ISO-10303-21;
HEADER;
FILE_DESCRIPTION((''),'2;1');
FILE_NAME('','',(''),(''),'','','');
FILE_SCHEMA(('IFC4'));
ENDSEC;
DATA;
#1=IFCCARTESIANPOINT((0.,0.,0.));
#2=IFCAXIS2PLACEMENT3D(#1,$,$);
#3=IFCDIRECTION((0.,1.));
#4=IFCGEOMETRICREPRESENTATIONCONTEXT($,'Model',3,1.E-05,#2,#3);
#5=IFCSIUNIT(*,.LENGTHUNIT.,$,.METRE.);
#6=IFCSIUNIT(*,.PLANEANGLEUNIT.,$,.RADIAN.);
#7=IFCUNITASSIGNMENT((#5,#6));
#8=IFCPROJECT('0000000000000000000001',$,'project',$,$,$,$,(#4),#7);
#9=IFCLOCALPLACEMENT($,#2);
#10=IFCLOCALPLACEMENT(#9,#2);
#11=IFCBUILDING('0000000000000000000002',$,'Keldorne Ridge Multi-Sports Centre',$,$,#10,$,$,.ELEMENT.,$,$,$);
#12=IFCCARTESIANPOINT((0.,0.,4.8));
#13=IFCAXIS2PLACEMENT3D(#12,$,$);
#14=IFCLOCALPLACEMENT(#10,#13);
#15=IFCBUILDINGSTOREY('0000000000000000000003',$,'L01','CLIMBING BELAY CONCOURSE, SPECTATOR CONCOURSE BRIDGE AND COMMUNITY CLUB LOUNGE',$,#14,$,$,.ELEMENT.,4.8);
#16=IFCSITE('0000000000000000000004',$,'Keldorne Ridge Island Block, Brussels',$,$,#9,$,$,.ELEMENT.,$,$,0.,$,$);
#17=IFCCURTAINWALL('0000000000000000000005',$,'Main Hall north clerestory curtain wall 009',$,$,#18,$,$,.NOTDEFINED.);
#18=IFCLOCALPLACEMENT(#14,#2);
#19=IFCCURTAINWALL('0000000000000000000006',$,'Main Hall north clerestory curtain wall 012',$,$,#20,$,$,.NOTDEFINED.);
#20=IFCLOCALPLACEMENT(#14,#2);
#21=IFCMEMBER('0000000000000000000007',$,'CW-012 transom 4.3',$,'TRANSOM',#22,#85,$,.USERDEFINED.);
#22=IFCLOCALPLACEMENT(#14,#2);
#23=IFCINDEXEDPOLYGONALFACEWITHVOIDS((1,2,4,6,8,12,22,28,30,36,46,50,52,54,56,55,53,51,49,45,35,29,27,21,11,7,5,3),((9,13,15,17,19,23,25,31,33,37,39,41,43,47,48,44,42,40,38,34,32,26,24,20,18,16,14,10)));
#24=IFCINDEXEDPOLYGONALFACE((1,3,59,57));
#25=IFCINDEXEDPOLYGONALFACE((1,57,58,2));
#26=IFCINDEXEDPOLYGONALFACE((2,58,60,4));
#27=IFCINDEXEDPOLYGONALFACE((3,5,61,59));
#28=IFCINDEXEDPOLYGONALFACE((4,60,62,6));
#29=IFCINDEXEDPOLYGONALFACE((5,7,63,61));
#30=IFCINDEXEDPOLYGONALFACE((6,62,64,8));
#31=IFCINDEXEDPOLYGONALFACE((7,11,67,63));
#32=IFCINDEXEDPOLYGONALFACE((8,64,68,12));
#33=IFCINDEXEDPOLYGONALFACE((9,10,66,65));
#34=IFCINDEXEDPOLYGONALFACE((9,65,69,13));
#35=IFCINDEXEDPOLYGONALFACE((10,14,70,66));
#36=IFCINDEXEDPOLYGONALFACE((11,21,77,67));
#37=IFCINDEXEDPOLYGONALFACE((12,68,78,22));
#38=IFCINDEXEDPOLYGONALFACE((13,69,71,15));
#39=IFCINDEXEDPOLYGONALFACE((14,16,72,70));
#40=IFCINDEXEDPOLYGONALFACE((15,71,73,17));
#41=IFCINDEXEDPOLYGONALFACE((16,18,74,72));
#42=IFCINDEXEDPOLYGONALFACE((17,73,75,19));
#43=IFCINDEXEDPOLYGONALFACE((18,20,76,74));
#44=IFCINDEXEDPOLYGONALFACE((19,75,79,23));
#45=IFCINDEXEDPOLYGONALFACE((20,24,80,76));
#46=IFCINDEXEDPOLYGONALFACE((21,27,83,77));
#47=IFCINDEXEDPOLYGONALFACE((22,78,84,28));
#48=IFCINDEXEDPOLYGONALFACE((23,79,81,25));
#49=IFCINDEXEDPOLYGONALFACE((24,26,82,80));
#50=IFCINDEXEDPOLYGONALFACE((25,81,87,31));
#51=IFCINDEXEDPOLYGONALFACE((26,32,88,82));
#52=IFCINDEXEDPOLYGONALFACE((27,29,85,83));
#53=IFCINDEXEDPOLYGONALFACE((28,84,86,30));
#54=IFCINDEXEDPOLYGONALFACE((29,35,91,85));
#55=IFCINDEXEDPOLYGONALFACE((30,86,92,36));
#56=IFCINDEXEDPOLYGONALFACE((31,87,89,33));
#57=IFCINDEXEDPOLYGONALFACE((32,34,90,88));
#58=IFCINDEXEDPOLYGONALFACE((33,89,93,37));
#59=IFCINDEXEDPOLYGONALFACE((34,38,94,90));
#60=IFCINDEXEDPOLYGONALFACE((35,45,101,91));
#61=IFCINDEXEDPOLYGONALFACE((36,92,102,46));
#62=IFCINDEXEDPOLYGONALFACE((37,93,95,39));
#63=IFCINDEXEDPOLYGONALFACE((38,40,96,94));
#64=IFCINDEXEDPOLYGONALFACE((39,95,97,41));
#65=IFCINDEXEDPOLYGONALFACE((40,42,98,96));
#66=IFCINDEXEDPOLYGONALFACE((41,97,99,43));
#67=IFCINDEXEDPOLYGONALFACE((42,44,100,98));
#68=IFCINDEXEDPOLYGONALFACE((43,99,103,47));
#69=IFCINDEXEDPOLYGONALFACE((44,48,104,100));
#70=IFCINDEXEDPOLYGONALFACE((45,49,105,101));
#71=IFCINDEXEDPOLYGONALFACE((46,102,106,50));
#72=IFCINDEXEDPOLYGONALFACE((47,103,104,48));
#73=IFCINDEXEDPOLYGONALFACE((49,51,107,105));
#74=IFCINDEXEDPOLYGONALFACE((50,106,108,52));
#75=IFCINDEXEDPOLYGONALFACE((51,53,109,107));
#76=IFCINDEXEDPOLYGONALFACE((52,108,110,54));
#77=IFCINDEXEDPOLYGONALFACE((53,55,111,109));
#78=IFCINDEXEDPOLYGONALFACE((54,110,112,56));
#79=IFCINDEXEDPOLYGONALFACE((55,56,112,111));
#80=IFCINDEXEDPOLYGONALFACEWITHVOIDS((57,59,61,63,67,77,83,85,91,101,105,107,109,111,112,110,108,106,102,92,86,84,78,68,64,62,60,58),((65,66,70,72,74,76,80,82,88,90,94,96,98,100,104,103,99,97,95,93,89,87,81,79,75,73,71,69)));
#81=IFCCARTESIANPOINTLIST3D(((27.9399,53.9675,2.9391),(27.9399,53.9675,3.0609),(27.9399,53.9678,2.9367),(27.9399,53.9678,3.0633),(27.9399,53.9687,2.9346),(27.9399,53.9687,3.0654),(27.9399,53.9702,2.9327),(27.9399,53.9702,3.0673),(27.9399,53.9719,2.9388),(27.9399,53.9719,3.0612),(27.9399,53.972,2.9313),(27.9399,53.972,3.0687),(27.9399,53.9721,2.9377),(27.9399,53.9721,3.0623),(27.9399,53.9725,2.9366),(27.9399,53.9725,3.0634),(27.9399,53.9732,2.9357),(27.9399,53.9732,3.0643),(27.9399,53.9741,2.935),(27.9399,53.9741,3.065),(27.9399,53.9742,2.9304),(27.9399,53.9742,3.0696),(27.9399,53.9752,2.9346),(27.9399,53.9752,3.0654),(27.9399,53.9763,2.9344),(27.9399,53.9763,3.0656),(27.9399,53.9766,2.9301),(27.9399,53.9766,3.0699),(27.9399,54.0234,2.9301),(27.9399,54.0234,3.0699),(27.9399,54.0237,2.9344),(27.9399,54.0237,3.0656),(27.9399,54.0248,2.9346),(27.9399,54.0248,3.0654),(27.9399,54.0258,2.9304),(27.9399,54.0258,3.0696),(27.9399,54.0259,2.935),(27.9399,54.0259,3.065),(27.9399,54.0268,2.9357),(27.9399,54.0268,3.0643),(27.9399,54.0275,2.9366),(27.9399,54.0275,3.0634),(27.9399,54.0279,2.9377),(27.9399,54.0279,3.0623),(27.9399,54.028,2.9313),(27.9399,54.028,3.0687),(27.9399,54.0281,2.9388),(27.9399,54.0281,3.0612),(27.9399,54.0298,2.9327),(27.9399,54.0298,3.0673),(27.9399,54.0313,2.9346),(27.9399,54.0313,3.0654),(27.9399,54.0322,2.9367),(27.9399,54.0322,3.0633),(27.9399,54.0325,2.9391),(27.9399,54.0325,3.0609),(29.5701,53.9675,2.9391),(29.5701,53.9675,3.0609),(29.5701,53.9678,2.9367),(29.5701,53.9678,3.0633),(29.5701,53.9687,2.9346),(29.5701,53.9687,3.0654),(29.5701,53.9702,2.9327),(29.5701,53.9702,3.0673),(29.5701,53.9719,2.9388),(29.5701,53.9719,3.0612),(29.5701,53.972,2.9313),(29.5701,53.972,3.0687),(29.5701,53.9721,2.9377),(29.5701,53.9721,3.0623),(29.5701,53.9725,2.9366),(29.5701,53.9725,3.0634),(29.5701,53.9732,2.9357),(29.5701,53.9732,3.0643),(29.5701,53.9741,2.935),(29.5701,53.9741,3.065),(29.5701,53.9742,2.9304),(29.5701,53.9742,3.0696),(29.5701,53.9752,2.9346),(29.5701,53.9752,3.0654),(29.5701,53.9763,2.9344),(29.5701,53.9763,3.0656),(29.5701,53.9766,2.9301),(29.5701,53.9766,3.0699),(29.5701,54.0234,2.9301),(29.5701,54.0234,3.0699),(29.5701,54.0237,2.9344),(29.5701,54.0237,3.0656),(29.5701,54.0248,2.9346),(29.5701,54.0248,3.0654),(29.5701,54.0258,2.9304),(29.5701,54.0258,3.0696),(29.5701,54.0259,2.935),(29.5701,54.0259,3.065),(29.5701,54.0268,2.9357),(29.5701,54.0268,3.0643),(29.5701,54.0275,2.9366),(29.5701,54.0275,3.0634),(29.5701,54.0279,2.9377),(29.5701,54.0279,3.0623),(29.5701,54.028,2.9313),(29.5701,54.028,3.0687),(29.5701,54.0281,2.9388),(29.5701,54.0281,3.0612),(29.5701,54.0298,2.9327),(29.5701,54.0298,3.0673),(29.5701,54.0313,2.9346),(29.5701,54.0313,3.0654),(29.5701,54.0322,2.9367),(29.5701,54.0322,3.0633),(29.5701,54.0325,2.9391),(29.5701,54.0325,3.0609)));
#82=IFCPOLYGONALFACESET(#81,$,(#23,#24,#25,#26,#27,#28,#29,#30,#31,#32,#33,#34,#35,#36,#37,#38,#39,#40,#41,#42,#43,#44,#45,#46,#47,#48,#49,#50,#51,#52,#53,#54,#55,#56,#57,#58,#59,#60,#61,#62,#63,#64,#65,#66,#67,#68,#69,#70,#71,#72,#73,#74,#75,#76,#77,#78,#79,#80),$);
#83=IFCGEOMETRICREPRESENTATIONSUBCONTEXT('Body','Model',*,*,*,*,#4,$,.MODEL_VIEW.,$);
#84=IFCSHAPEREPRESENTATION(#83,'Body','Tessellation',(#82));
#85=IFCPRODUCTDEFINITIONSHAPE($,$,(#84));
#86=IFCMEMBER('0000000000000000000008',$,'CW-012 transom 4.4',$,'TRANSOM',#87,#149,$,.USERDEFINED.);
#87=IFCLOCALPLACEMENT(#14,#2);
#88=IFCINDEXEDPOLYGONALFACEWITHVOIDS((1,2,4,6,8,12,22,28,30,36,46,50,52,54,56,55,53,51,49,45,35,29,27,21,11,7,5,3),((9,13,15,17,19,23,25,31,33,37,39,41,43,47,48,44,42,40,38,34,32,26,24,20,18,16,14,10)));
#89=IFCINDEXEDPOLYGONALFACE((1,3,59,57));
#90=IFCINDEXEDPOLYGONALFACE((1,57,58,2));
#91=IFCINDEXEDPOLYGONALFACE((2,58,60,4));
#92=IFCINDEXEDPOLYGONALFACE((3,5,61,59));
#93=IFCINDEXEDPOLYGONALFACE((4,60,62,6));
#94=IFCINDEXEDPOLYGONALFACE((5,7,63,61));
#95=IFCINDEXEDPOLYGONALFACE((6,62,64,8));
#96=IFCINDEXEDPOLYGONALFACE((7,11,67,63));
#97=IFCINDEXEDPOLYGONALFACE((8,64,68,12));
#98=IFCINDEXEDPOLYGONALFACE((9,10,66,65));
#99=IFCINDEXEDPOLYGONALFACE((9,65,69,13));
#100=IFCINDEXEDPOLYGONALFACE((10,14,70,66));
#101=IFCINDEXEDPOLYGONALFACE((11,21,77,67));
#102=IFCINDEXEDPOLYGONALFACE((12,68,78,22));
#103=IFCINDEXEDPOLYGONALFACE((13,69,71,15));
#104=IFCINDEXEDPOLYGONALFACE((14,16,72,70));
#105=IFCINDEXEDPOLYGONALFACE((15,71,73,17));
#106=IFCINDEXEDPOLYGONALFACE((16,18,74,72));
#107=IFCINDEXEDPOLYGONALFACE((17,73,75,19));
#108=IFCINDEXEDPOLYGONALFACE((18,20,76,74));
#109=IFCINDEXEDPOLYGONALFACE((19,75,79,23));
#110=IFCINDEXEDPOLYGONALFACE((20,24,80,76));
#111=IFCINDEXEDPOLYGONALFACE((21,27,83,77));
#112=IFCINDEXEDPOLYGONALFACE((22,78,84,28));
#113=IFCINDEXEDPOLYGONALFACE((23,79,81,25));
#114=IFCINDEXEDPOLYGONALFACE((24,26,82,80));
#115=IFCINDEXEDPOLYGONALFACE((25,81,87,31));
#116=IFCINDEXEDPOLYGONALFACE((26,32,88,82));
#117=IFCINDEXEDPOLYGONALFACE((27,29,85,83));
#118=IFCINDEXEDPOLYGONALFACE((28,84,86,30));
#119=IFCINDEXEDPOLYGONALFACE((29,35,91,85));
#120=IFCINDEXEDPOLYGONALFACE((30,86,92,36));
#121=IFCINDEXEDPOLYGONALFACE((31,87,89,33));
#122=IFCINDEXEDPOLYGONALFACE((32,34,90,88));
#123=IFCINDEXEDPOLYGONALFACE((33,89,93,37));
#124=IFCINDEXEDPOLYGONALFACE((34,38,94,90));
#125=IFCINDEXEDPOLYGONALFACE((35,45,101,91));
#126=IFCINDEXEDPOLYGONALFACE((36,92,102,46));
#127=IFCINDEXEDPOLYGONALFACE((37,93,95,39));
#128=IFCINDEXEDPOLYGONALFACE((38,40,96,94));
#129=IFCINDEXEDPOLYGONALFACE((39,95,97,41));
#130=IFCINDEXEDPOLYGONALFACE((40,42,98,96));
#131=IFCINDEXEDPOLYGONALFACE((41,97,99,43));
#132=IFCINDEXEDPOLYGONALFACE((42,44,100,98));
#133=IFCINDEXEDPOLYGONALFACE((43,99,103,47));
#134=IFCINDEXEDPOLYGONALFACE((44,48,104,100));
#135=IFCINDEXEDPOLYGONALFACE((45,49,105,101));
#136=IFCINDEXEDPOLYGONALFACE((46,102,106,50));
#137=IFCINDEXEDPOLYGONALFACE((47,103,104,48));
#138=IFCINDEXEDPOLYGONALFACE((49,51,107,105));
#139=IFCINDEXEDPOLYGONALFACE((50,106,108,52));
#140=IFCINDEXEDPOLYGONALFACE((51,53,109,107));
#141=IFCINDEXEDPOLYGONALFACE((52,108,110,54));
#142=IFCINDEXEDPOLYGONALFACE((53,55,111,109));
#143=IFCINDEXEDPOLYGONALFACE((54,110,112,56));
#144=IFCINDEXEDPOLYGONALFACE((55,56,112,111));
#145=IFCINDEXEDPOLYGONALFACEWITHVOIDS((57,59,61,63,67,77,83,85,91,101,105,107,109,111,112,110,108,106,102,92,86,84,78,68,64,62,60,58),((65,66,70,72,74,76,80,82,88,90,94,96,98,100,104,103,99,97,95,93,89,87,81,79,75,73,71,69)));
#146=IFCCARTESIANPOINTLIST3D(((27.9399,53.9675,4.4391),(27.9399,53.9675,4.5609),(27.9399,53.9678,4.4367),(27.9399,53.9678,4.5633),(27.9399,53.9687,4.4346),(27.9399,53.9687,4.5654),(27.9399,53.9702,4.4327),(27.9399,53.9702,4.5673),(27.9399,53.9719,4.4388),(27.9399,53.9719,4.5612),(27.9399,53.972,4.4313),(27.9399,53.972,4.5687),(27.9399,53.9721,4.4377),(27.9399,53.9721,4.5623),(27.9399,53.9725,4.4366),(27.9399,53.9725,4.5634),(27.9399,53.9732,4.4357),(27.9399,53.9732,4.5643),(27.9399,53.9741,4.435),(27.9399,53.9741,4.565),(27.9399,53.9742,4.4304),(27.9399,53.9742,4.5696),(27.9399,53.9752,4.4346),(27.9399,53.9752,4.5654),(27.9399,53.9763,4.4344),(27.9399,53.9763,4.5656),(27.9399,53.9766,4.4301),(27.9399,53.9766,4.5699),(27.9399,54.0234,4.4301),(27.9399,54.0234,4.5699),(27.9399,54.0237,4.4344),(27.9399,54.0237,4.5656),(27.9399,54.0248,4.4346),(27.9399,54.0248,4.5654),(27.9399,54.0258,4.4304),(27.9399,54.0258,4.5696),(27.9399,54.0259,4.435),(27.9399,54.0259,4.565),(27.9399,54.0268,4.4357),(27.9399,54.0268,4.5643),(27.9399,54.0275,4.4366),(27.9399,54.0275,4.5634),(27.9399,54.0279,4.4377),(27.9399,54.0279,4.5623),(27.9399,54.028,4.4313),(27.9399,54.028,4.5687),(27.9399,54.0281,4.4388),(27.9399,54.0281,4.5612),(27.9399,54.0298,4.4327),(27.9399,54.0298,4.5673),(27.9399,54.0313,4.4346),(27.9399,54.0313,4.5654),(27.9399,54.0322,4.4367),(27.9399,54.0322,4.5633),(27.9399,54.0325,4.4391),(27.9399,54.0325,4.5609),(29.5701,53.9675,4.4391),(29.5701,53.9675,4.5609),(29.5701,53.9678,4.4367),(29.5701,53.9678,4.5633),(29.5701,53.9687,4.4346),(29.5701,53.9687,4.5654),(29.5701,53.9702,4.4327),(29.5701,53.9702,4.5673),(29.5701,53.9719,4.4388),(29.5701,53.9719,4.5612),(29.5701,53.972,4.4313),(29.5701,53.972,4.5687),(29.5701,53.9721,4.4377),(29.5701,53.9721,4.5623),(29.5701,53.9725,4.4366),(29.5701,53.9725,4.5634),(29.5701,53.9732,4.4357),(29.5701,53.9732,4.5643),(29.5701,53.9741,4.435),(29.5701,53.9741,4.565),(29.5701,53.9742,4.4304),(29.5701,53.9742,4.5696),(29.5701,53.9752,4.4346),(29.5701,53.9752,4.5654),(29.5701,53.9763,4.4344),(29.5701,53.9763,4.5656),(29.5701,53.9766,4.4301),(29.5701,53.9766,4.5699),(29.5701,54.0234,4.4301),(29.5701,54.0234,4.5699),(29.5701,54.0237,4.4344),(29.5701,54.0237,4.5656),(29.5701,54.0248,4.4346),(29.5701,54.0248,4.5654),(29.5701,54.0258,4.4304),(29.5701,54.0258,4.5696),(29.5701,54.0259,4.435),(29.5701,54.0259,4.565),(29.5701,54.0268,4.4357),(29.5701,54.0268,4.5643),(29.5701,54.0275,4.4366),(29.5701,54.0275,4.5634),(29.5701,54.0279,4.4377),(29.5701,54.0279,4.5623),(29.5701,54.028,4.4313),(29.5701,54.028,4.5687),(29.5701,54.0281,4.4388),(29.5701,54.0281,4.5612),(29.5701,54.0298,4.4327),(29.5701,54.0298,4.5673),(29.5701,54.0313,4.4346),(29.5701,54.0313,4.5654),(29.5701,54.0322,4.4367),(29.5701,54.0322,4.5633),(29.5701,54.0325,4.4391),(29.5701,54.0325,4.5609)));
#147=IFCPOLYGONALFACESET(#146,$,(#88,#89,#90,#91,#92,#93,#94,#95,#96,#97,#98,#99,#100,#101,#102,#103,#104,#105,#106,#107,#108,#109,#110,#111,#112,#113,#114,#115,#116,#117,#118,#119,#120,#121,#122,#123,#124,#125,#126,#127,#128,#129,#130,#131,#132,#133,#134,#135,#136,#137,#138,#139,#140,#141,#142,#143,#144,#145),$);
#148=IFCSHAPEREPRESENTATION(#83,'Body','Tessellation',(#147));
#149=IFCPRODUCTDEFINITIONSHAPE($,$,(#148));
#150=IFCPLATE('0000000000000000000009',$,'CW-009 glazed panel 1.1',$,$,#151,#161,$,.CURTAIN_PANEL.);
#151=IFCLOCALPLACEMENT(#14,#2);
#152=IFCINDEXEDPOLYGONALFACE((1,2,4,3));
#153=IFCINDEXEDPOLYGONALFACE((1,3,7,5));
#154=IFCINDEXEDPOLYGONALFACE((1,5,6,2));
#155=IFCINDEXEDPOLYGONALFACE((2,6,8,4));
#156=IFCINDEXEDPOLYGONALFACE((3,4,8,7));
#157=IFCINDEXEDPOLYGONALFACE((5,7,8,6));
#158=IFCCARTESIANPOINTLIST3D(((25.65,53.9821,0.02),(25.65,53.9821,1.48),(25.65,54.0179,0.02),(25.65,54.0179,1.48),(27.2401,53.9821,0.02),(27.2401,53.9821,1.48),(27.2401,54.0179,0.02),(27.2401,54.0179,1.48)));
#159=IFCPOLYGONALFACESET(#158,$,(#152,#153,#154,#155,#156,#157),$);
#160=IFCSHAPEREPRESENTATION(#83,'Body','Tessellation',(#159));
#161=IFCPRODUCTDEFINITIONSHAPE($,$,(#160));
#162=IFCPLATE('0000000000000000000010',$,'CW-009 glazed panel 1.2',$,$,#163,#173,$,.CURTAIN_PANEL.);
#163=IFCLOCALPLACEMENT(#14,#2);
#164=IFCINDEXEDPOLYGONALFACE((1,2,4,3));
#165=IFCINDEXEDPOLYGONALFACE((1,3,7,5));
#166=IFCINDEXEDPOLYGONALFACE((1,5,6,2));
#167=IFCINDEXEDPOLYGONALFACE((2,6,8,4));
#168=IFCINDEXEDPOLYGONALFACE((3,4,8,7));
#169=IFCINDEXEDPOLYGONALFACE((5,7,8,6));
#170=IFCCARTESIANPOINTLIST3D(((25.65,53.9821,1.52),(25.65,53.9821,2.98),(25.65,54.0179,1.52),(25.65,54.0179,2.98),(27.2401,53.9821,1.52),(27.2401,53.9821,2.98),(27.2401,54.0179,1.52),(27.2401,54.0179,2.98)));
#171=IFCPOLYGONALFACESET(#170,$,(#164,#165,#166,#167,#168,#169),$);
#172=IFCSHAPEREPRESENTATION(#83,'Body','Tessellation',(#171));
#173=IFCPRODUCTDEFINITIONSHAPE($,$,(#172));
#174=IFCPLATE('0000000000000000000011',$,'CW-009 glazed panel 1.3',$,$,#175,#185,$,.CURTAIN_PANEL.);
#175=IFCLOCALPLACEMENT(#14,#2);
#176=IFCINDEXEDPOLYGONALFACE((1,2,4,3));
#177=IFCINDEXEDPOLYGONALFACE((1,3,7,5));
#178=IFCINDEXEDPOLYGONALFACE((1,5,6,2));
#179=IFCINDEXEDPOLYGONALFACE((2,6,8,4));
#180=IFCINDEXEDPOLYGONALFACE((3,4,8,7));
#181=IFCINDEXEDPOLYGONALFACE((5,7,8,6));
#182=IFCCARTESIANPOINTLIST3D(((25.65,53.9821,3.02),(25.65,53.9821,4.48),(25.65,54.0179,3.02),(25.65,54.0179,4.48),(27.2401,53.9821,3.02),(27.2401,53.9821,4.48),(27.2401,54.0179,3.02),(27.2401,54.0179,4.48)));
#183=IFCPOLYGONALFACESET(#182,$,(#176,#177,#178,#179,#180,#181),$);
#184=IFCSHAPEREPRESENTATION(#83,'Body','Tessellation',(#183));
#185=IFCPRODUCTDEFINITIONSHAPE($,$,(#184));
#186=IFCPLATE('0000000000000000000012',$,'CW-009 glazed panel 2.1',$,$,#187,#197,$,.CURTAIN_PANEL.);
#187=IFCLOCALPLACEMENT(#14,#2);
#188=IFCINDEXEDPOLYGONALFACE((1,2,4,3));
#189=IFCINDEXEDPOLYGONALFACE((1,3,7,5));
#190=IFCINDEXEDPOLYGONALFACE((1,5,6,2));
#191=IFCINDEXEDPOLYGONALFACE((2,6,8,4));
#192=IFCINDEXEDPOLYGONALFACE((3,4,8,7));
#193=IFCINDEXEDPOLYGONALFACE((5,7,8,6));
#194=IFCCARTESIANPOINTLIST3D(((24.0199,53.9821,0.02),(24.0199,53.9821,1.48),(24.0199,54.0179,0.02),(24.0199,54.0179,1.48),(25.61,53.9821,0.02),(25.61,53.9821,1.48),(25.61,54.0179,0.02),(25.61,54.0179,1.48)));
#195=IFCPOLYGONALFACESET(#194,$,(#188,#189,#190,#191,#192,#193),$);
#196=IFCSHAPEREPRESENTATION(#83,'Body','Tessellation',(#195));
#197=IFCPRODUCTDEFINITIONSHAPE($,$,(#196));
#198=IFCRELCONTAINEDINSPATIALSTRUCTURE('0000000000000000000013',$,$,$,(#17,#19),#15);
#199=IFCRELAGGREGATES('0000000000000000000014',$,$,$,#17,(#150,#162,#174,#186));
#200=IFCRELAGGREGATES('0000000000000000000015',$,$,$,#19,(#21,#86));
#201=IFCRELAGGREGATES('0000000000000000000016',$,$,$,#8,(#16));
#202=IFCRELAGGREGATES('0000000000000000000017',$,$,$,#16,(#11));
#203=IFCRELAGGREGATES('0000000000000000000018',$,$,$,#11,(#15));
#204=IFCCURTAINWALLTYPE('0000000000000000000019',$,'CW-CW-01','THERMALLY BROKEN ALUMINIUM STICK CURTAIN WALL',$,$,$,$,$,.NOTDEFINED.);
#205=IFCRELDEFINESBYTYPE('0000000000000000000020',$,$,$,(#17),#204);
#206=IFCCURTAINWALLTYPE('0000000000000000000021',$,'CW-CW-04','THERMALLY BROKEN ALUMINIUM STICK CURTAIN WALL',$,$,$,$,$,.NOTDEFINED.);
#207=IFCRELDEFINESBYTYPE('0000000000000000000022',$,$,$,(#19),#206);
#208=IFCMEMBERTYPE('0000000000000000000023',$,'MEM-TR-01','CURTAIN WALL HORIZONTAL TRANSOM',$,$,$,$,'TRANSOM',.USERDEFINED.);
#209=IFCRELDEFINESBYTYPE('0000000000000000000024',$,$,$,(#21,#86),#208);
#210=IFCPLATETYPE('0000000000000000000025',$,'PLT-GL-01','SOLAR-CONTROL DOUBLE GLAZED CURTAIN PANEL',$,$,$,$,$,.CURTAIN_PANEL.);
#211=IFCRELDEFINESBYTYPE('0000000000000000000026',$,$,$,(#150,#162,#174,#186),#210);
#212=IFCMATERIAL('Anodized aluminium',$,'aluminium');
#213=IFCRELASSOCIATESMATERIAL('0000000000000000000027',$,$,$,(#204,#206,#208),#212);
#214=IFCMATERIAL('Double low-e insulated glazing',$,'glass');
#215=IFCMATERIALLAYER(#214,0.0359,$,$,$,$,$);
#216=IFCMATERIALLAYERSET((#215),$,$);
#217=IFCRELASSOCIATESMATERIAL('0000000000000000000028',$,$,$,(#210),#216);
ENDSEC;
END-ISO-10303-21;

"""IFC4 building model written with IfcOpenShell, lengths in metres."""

from ifc_helpers import new_model, si_unit, direction, frame, origin, origin_2d, place, context, subcontext, project, spatial, rectangle, hollow_rectangle, extrude, material, layer, layer_set, material_profile, profile_set, type_object, element, aggregate, save


model = new_model("IFC4")

# Units and contexts
model_context = context("Model", 3, precision=1e-05, world=origin(), true_north=direction((0.0, 1.0)))
body_context = subcontext(model_context, "Body", "Model", "MODEL_VIEW")
ifc_project = project(units=[si_unit("LENGTHUNIT", "METRE"), si_unit("PLANEANGLEUNIT", "RADIAN")], contexts=[model_context])

# Site, building, storey
site_placement = place(None, origin())
site = spatial("IfcSite", under=ifc_project, at=site_placement, Name="Keldorne Ridge Island Block, Brussels", CompositionType="ELEMENT", RefElevation=0.0)
building_placement = place(site_placement, origin())
building = spatial("IfcBuilding", under=site, at=building_placement, Name="Keldorne Ridge Multi-Sports Centre", CompositionType="ELEMENT")
storey_placement = place(building_placement, frame((0.0, 0.0, 4.8)))
storey = spatial("IfcBuildingStorey", under=building, at=storey_placement, Name="L01", Description="CLIMBING BELAY CONCOURSE, SPECTATOR CONCOURSE BRIDGE AND COMMUNITY CLUB LOUNGE", CompositionType="ELEMENT", Elevation=4.8)

# Curtain walls
ifc_material_1 = material(Name="Anodized aluminium", Category="aluminium")
curtain_wall_type_1 = type_object("IfcCurtainWallType", Name="CW-CW-01", Description="THERMALLY BROKEN ALUMINIUM STICK CURTAIN WALL", PredefinedType="NOTDEFINED", material=ifc_material_1)
curtain_wall_1_placement = place(storey_placement, origin())
curtain_wall_1 = element("IfcCurtainWall", 1, at=curtain_wall_1_placement, inside=storey, type_object=curtain_wall_type_1, Name="Main Hall north clerestory curtain wall 009", PredefinedType="NOTDEFINED")
curtain_wall_type_2 = type_object("IfcCurtainWallType", Name="CW-CW-04", Description="THERMALLY BROKEN ALUMINIUM STICK CURTAIN WALL", PredefinedType="NOTDEFINED", material=ifc_material_1)
curtain_wall_2_placement = place(storey_placement, origin())
curtain_wall_2 = element("IfcCurtainWall", 2, at=curtain_wall_2_placement, inside=storey, type_object=curtain_wall_type_2, Name="Main Hall north clerestory curtain wall 012", PredefinedType="NOTDEFINED")

# Members
ifc_material_profile_1 = material_profile(ifc_material_1, hollow_rectangle(XDim=0.0649, YDim=0.1399, WallThickness=0.0044, InnerFilletRadius=0.0044, OuterFilletRadius=0.009, at=origin_2d()), Name="ALU TRANSOM 140x65x4.5")
ifc_profile_set_1 = profile_set([ifc_material_profile_1], Name="Anodized aluminium")
member_type_1 = type_object("IfcMemberType", Name="MEM-TR-01", Description="CURTAIN WALL HORIZONTAL TRANSOM", ElementType="TRANSOM", PredefinedType="USERDEFINED", material=ifc_profile_set_1)
member_1_placement = place(storey_placement, frame((29.5701, 54.0, 3.0), z_axis=(-1.0, 0.0, 0.0), x_axis=(0.0, -1.0, 0.0)))
member_1 = element("IfcMember", 3, at=member_1_placement, type_object=member_type_1, Name="CW-012 transom 4.3", ObjectType="TRANSOM", PredefinedType="USERDEFINED", context=body_context, shape_type="SweptSolid", body=[
    extrude(hollow_rectangle(XDim=0.0649, YDim=0.1399, WallThickness=0.0044, InnerFilletRadius=0.0044, OuterFilletRadius=0.009, at=origin_2d()), origin(), (0.0, 0.0, 1.0), 1.6301),
])
member_2_placement = place(storey_placement, frame((29.5701, 54.0, 4.5), z_axis=(-1.0, 0.0, 0.0), x_axis=(0.0, -1.0, 0.0)))
member_2 = element("IfcMember", 4, at=member_2_placement, type_object=member_type_1, Name="CW-012 transom 4.4", ObjectType="TRANSOM", PredefinedType="USERDEFINED", context=body_context, shape_type="SweptSolid", body=[
    extrude(hollow_rectangle(XDim=0.0649, YDim=0.1399, WallThickness=0.0044, InnerFilletRadius=0.0044, OuterFilletRadius=0.009, at=origin_2d()), origin(), (0.0, 0.0, 1.0), 1.6301),
])

# Plates
ifc_material_2 = material(Name="Double low-e insulated glazing", Category="glass")
ifc_layer = layer(ifc_material_2, 0.0359)
ifc_layer_set = layer_set([ifc_layer])
plate_type = type_object("IfcPlateType", Name="PLT-GL-01", Description="SOLAR-CONTROL DOUBLE GLAZED CURTAIN PANEL", PredefinedType="CURTAIN_PANEL", material=ifc_layer_set)
plate_1_placement = place(storey_placement, frame((26.4451, 54.0, 0.02), z_axis=(0.0, 0.0, 1.0), x_axis=(-1.0, 0.0, 0.0)))
plate_1 = element("IfcPlate", 5, at=plate_1_placement, type_object=plate_type, Name="CW-009 glazed panel 1.1", PredefinedType="CURTAIN_PANEL", context=body_context, shape_type="SweptSolid", body=[
    extrude(rectangle(XDim=1.5901, YDim=0.0359, at=origin_2d()), origin(), (0.0, 0.0, 1.0), 1.46),
])
plate_2_placement = place(storey_placement, frame((26.4451, 54.0, 1.52), z_axis=(0.0, 0.0, 1.0), x_axis=(-1.0, 0.0, 0.0)))
plate_2 = element("IfcPlate", 6, at=plate_2_placement, type_object=plate_type, Name="CW-009 glazed panel 1.2", PredefinedType="CURTAIN_PANEL", context=body_context, shape_type="SweptSolid", body=[
    extrude(rectangle(XDim=1.5901, YDim=0.0359, at=origin_2d()), origin(), (0.0, 0.0, 1.0), 1.46),
])
plate_3_placement = place(storey_placement, frame((26.4451, 54.0, 3.02), z_axis=(0.0, 0.0, 1.0), x_axis=(-1.0, 0.0, 0.0)))
plate_3 = element("IfcPlate", 7, at=plate_3_placement, type_object=plate_type, Name="CW-009 glazed panel 1.3", PredefinedType="CURTAIN_PANEL", context=body_context, shape_type="SweptSolid", body=[
    extrude(rectangle(XDim=1.5901, YDim=0.0359, at=origin_2d()), origin(), (0.0, 0.0, 1.0), 1.46),
])
plate_4_placement = place(storey_placement, frame((24.8149, 54.0, 0.02), z_axis=(0.0, 0.0, 1.0), x_axis=(-1.0, 0.0, 0.0)))
plate_4 = element("IfcPlate", 8, at=plate_4_placement, type_object=plate_type, Name="CW-009 glazed panel 2.1", PredefinedType="CURTAIN_PANEL", context=body_context, shape_type="SweptSolid", body=[
    extrude(rectangle(XDim=1.5901, YDim=0.0359, at=origin_2d()), origin(), (0.0, 0.0, 1.0), 1.46),
])
aggregate(curtain_wall_1, [plate_1, plate_2, plate_3, plate_4])
aggregate(curtain_wall_2, [member_1, member_2])

save(model, "model.ifc")
